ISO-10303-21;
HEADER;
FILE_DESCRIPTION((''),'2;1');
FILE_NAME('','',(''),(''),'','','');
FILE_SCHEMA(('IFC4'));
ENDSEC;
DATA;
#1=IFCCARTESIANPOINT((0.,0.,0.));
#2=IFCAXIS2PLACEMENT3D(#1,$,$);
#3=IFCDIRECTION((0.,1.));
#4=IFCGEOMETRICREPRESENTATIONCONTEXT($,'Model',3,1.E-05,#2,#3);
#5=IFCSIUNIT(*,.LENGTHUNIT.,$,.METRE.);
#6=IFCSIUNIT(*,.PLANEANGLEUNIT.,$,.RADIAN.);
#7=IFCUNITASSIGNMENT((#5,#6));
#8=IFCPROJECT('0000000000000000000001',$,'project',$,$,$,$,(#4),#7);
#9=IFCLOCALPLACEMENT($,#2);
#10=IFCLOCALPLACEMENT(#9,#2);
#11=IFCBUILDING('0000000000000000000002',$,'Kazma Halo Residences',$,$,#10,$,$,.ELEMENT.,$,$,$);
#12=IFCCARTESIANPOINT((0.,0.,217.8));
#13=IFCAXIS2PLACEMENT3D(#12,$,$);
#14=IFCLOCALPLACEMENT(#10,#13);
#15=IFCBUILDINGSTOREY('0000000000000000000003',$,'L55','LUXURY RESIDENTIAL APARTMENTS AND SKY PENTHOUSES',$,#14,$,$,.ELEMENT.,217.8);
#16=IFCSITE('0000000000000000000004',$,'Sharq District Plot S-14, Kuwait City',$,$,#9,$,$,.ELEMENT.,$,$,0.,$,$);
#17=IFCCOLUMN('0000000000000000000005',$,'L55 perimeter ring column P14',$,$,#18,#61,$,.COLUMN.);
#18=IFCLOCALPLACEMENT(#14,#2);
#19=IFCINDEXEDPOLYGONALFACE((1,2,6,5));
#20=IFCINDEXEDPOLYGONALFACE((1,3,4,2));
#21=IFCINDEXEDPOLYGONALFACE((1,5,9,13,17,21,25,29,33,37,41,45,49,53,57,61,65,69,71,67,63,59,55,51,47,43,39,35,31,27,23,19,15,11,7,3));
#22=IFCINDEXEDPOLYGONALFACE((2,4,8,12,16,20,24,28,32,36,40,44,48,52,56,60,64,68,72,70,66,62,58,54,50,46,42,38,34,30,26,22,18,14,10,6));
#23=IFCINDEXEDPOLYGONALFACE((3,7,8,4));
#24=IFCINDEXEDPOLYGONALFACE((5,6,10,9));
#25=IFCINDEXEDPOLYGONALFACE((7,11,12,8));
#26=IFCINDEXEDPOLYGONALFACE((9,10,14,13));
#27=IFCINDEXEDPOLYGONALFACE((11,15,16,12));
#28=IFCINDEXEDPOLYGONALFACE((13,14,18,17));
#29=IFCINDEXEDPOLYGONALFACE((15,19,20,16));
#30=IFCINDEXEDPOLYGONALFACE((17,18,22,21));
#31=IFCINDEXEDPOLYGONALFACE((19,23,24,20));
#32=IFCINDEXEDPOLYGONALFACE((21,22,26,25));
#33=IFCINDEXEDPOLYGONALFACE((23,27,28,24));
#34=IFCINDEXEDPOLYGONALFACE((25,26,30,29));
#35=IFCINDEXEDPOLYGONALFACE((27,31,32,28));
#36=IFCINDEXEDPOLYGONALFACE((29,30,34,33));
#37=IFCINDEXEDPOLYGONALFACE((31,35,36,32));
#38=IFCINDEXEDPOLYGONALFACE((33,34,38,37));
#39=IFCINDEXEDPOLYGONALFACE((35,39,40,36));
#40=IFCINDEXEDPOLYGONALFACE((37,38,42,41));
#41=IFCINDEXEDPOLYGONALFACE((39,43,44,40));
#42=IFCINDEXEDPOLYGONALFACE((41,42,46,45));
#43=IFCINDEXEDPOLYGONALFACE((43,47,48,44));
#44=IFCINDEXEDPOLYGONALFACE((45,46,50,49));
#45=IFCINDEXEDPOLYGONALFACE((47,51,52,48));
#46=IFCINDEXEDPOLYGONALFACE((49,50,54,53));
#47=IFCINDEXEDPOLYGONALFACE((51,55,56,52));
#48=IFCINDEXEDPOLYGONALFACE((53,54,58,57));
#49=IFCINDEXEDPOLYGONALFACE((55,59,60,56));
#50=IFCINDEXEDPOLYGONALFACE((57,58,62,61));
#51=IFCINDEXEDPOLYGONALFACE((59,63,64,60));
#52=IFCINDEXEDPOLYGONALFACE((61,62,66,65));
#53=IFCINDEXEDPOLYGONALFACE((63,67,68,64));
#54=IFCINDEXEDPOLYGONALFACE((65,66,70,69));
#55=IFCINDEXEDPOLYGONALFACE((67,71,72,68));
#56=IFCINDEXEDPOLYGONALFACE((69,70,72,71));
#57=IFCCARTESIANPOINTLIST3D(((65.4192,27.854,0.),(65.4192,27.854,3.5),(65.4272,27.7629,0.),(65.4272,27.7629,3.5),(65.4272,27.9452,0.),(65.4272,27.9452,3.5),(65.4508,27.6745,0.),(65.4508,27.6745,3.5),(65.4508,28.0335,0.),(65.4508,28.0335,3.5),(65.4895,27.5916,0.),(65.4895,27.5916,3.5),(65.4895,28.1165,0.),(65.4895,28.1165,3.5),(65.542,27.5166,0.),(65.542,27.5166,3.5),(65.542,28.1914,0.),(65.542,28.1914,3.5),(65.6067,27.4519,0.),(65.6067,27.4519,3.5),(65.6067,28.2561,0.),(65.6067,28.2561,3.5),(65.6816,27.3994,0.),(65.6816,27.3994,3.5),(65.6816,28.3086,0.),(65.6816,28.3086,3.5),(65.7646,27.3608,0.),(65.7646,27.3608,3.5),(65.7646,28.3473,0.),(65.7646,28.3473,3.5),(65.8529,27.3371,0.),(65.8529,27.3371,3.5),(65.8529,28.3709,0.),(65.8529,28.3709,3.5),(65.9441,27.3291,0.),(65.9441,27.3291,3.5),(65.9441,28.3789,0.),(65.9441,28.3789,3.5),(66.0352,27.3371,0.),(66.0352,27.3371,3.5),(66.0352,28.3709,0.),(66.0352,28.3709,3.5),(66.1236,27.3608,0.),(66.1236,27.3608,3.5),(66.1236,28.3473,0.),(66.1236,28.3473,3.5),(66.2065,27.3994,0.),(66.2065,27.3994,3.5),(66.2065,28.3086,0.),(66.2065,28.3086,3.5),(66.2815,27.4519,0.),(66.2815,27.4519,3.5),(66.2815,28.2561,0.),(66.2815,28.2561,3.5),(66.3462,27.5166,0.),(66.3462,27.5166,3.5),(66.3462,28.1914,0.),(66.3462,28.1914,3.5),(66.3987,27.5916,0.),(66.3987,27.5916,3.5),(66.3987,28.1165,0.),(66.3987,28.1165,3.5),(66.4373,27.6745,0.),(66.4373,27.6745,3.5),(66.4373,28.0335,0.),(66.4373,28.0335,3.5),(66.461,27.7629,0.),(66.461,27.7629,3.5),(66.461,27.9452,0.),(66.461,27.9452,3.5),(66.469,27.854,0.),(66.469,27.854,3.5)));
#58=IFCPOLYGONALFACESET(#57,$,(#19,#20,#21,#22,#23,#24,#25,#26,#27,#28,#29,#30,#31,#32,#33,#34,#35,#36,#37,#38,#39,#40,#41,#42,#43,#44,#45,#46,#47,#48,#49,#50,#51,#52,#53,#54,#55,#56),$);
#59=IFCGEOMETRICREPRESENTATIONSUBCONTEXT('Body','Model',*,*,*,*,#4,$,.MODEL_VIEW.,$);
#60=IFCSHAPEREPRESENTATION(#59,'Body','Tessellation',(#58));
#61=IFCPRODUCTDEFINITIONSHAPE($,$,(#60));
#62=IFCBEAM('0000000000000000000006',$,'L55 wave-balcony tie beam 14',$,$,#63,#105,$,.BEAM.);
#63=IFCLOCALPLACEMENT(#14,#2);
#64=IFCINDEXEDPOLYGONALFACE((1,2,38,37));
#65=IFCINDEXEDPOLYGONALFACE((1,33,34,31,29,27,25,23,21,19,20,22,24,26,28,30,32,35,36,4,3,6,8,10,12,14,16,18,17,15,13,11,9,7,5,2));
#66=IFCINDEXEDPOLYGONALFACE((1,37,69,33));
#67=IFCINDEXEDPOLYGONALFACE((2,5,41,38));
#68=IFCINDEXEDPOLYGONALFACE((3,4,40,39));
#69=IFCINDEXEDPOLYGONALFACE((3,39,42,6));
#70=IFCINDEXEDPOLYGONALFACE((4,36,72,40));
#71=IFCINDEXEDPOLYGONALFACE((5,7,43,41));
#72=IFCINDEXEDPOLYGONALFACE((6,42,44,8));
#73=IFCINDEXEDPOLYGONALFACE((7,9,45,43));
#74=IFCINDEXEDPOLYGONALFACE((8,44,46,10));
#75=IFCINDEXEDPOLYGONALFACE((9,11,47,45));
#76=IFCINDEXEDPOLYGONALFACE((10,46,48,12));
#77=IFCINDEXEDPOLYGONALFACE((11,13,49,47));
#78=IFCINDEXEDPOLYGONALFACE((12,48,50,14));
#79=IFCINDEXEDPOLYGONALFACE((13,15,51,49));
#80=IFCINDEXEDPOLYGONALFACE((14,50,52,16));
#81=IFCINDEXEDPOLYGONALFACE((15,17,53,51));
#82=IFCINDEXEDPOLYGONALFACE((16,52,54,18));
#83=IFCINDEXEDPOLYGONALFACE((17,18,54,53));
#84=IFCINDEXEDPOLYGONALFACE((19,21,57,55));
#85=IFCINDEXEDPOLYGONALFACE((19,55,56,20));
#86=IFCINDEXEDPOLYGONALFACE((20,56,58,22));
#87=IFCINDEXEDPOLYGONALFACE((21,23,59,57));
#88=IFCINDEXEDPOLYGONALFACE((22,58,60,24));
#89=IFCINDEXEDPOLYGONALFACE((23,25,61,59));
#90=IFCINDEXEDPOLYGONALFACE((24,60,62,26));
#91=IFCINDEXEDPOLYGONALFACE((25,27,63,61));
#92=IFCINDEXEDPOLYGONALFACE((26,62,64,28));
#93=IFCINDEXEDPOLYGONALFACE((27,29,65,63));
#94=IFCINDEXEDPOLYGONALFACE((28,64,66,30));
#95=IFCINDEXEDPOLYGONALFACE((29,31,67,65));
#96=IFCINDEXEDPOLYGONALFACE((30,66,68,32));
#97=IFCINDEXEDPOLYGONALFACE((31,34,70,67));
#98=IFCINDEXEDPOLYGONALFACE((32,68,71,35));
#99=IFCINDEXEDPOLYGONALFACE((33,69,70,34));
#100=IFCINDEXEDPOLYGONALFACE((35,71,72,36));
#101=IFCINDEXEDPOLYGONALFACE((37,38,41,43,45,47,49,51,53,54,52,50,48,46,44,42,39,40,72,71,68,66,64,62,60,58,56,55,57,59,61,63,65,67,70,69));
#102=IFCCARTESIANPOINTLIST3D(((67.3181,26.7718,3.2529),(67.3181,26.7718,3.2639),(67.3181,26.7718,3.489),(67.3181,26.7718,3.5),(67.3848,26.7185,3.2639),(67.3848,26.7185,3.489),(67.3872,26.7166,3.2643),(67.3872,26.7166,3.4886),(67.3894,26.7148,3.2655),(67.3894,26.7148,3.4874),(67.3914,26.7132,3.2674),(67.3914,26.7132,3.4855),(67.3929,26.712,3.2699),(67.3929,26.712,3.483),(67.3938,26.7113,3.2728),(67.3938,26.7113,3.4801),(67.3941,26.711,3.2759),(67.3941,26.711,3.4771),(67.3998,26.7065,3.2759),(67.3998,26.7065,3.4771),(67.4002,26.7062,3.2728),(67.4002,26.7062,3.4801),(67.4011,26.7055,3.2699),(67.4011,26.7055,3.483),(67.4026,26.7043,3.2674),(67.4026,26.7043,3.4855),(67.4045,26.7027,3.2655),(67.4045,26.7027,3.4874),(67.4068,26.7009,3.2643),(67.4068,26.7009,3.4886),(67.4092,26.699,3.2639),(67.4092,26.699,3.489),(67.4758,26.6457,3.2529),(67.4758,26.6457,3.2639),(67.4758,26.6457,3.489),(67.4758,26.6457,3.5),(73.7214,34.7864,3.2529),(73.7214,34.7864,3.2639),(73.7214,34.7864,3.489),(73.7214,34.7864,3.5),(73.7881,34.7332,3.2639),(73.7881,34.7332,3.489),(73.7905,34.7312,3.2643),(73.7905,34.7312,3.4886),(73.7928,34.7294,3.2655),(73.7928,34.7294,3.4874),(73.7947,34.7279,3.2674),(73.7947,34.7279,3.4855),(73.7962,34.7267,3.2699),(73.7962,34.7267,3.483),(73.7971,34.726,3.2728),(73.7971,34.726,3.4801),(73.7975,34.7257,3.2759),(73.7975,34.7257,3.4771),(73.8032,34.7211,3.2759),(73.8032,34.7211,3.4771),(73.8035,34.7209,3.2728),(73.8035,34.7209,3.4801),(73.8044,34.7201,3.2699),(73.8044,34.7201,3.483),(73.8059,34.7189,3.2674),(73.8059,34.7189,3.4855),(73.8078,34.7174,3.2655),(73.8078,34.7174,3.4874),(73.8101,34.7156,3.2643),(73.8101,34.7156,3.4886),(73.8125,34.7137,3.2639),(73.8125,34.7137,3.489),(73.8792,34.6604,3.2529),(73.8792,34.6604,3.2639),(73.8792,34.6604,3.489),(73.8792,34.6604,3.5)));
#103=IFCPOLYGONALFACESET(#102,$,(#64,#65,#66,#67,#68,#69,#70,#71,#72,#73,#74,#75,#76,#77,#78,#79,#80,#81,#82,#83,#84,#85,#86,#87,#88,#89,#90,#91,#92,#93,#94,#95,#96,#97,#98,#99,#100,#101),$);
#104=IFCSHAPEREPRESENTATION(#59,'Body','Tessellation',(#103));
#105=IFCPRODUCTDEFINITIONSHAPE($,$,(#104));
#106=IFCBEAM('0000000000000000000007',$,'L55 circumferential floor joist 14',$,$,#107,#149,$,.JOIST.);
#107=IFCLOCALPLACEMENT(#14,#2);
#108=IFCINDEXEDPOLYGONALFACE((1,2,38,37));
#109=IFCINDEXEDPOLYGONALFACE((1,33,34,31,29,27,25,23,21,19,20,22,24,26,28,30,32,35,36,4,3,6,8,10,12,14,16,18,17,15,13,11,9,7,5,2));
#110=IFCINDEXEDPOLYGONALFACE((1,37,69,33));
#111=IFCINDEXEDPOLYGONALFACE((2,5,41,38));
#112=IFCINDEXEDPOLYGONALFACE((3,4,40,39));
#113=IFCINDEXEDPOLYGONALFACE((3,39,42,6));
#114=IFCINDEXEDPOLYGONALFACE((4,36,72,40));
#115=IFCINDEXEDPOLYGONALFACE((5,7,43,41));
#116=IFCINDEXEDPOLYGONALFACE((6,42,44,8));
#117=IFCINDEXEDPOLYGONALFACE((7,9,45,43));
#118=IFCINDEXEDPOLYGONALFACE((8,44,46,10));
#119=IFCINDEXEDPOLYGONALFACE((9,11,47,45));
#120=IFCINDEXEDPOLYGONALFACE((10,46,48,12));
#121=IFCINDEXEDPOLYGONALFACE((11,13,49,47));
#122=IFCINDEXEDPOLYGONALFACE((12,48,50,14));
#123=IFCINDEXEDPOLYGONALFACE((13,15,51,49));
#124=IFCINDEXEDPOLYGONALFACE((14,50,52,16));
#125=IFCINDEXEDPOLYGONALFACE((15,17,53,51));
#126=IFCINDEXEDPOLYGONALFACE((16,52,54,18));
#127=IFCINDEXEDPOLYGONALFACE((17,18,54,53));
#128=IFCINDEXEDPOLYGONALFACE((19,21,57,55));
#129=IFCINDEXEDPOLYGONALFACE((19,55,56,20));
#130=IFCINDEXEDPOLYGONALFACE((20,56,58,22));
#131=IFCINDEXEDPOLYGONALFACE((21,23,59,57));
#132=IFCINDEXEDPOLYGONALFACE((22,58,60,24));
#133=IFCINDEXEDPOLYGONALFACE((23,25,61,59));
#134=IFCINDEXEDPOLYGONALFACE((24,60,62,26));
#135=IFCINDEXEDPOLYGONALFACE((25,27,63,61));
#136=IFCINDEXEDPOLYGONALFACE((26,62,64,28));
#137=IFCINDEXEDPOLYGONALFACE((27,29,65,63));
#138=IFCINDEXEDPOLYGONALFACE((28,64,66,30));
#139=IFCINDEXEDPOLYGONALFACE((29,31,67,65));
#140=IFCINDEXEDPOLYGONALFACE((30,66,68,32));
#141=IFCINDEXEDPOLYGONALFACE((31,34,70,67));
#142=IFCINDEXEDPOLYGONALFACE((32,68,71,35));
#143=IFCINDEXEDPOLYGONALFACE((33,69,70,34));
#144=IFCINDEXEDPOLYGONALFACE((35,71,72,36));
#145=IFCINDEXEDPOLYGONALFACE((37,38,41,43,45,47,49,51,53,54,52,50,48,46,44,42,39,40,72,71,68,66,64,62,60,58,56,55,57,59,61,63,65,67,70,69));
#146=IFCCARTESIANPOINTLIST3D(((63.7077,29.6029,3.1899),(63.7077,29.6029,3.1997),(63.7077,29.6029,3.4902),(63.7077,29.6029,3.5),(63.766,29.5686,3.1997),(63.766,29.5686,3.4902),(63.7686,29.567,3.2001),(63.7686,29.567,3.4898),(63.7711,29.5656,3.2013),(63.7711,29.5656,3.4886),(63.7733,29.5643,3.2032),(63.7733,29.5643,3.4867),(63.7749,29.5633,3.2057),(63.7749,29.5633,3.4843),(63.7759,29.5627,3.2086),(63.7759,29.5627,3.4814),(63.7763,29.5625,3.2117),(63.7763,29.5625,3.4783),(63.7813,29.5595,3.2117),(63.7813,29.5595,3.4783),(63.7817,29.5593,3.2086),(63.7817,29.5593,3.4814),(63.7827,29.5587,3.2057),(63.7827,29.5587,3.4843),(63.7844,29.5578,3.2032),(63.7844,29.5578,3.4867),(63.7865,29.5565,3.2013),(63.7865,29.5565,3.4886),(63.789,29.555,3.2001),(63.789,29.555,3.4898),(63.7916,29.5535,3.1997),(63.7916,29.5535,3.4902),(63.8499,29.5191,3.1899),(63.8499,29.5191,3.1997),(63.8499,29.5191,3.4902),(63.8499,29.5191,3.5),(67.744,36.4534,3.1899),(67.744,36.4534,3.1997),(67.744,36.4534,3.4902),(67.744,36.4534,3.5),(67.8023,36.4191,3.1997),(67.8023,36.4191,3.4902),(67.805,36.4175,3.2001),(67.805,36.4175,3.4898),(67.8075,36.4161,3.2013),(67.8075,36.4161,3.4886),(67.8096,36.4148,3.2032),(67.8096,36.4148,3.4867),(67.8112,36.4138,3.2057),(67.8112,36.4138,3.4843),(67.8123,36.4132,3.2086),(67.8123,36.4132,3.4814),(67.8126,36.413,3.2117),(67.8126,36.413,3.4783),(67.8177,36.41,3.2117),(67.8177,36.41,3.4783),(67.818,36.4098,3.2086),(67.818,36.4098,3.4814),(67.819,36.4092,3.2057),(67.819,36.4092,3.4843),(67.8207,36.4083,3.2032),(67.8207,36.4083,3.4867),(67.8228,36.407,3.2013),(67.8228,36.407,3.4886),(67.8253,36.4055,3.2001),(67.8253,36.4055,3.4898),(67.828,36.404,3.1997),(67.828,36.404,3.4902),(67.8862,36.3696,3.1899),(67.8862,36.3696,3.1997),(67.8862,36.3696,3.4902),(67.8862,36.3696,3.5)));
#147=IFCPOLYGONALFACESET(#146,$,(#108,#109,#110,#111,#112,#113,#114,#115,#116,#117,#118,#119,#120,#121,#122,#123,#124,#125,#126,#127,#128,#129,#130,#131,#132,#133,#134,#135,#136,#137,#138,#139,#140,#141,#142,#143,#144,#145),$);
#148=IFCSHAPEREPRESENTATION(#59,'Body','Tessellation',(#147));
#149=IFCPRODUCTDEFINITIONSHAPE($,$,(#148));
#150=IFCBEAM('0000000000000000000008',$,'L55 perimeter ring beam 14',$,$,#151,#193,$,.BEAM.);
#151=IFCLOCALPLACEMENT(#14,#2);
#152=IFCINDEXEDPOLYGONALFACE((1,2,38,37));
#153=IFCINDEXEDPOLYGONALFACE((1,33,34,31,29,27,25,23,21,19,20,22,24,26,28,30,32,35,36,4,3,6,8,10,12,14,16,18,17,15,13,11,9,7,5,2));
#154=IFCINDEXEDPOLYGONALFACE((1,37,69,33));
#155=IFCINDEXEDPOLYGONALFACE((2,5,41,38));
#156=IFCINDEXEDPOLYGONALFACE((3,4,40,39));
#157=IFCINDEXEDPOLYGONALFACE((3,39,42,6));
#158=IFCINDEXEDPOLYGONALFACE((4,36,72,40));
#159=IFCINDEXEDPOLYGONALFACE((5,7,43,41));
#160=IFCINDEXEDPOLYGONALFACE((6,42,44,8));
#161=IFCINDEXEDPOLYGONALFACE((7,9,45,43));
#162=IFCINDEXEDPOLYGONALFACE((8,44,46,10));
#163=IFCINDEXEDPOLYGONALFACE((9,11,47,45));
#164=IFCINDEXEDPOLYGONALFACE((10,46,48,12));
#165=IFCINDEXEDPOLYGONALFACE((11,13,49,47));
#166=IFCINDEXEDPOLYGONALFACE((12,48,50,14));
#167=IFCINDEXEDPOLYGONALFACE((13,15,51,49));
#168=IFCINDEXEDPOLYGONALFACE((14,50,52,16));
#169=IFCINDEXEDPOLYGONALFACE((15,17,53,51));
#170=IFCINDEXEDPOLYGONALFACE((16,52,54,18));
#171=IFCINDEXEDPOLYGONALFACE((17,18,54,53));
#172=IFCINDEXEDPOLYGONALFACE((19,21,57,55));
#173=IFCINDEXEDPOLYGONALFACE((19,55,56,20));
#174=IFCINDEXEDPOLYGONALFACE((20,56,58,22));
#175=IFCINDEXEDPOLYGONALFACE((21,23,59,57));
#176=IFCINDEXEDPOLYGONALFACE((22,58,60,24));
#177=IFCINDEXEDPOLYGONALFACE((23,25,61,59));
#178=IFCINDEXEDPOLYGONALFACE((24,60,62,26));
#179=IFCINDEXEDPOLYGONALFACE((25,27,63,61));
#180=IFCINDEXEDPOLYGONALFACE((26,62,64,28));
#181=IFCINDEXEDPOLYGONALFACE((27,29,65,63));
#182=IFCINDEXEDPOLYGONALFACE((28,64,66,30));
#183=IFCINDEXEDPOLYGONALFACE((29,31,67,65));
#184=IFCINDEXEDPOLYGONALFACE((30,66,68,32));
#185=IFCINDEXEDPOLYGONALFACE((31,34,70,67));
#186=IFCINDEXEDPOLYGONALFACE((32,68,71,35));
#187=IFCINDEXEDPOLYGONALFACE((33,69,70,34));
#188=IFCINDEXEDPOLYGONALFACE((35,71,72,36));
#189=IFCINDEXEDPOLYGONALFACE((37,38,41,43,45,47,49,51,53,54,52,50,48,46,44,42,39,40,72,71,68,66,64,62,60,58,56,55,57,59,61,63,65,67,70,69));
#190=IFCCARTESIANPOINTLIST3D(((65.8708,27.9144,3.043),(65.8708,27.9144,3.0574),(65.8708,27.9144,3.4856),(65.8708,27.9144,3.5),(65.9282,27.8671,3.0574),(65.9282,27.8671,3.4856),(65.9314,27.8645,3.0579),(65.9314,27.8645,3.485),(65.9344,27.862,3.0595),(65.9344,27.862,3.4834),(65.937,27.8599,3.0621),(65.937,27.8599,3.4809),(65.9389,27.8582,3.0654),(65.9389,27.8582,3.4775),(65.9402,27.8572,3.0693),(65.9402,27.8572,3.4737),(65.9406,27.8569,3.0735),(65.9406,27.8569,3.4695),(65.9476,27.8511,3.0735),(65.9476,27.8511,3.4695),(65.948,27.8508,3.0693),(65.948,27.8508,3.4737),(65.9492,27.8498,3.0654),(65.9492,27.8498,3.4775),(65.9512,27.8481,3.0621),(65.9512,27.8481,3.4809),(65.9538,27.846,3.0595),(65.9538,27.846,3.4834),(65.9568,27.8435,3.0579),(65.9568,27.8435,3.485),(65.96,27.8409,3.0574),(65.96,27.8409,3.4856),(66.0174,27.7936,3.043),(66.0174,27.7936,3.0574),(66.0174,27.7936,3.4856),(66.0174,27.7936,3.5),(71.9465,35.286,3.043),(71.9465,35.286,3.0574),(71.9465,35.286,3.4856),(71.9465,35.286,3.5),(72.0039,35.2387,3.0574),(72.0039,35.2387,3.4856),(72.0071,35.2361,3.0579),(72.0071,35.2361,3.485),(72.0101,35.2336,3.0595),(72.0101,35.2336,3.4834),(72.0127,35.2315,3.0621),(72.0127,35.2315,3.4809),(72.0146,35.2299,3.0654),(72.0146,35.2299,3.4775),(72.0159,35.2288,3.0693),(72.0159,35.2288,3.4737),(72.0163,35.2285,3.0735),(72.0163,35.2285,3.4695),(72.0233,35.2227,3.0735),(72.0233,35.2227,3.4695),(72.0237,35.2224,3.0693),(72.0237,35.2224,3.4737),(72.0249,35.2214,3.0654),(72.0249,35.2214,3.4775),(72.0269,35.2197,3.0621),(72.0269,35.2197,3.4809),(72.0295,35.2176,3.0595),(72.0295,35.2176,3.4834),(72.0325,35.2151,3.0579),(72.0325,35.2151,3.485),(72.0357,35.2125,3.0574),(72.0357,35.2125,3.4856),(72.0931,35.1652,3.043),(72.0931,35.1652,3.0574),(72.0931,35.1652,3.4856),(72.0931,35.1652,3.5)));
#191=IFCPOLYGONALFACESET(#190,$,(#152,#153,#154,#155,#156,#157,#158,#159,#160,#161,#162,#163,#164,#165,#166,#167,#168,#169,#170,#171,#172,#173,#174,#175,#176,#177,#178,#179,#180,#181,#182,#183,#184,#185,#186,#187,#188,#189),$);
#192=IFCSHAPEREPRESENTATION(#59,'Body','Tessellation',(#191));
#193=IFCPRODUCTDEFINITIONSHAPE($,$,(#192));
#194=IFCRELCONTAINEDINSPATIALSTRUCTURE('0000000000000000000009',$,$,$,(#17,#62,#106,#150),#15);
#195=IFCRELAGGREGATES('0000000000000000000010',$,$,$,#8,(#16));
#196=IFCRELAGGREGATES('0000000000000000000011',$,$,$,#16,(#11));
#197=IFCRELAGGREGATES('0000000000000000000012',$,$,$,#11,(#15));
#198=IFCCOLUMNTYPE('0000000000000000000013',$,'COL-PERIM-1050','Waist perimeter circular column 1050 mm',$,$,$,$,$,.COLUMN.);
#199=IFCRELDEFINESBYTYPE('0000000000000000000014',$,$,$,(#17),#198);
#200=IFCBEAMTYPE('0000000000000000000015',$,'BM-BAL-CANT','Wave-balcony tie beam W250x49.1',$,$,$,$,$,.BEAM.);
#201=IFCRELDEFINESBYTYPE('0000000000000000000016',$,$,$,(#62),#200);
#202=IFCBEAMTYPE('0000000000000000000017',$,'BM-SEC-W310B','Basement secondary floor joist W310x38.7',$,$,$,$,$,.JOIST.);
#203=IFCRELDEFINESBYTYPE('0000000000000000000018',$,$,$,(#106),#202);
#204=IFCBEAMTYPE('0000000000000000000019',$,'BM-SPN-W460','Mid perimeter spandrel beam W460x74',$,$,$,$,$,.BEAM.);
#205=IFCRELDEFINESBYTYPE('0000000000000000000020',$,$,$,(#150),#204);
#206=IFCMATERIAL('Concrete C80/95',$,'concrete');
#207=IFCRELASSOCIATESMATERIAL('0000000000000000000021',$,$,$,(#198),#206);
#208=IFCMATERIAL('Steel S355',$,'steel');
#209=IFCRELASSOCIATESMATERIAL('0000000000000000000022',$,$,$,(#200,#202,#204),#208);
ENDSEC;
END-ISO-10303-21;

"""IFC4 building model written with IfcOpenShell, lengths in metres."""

from ifc_helpers import new_model, si_unit, direction, frame, origin, origin_2d, place, context, subcontext, project, spatial, circle, i_section, extrude, material, material_profile, profile_set, type_object, element, save


model = new_model("IFC4")

# Units and contexts
model_context = context("Model", 3, precision=1e-05, world=origin(), true_north=direction((0.0, 1.0)))
body_context = subcontext(model_context, "Body", "Model", "MODEL_VIEW")
ifc_project = project(units=[si_unit("LENGTHUNIT", "METRE"), si_unit("PLANEANGLEUNIT", "RADIAN")], contexts=[model_context])

# Site, building, storey
site_placement = place(None, origin())
site = spatial("IfcSite", under=ifc_project, at=site_placement, Name="Sharq District Plot S-14, Kuwait City", CompositionType="ELEMENT", RefElevation=0.0)
building_placement = place(site_placement, origin())
building = spatial("IfcBuilding", under=site, at=building_placement, Name="Kazma Halo Residences", CompositionType="ELEMENT")
storey_placement = place(building_placement, frame((0.0, 0.0, 217.8)))
storey = spatial("IfcBuildingStorey", under=building, at=storey_placement, Name="L55", Description="LUXURY RESIDENTIAL APARTMENTS AND SKY PENTHOUSES", CompositionType="ELEMENT", Elevation=217.8)

# Column
ifc_material_1 = material(Name="Concrete C80/95", Category="concrete")
ifc_material_profile_1 = material_profile(ifc_material_1, circle(Radius=0.5249, at=origin_2d()), Name="CIRC1050")
ifc_profile_set_1 = profile_set([ifc_material_profile_1], Name="Concrete C80/95")
column_type = type_object("IfcColumnType", Name="COL-PERIM-1050", Description="Waist perimeter circular column 1050 mm", PredefinedType="COLUMN", material=ifc_profile_set_1)
column_placement = place(storey_placement, frame((65.9441, 27.854, 0.0), z_axis=(0.0, 0.0, 1.0), x_axis=(1.0, 0.0, 0.0)))
element("IfcColumn", 1, at=column_placement, inside=storey, type_object=column_type, Name="L55 perimeter ring column P14", PredefinedType="COLUMN", context=body_context, shape_type="SweptSolid", body=[
    extrude(circle(Radius=0.5249, at=origin_2d()), origin(), (0.0, 0.0, 1.0), 3.5),
])

# Beams
ifc_material_2 = material(Name="Steel S355", Category="steel")
ifc_material_profile_2 = material_profile(ifc_material_2, i_section(OverallWidth=0.2019, OverallDepth=0.2471, WebThickness=0.0073, FlangeThickness=0.011, FilletRadius=0.012, at=origin_2d()), Name="W250x49.1")
ifc_profile_set_2 = profile_set([ifc_material_profile_2], Name="Steel S355")
beam_type_1 = type_object("IfcBeamType", Name="BM-BAL-CANT", Description="Wave-balcony tie beam W250x49.1", PredefinedType="BEAM", material=ifc_profile_set_2)
beam_1_placement = place(storey_placement, frame((67.397, 26.7087, 3.3765), z_axis=(0.624196, 0.781268, 0.0), x_axis=(-0.781268, 0.624196, 0.0)))
element("IfcBeam", 2, at=beam_1_placement, inside=storey, type_object=beam_type_1, Name="L55 wave-balcony tie beam 14", PredefinedType="BEAM", context=body_context, shape_type="SweptSolid", body=[
    extrude(i_section(OverallWidth=0.2019, OverallDepth=0.2471, WebThickness=0.0073, FlangeThickness=0.011, FilletRadius=0.012, at=origin_2d()), origin(), (0.0, 0.0, 1.0), 10.2585),
])
ifc_material_profile_3 = material_profile(ifc_material_2, i_section(OverallWidth=0.165, OverallDepth=0.3101, WebThickness=0.0059, FlangeThickness=0.0098, FilletRadius=0.012, at=origin_2d()), Name="W310x38.7")
ifc_profile_set_3 = profile_set([ifc_material_profile_3], Name="Steel S355")
beam_type_2 = type_object("IfcBeamType", Name="BM-SEC-W310B", Description="Basement secondary floor joist W310x38.7", PredefinedType="JOIST", material=ifc_profile_set_3)
beam_2_placement = place(storey_placement, frame((63.7788, 29.561, 3.345), z_axis=(0.507639, 0.86157, 0.0), x_axis=(-0.86157, 0.507639, 0.0)))
element("IfcBeam", 3, at=beam_2_placement, inside=storey, type_object=beam_type_2, Name="L55 circumferential floor joist 14", PredefinedType="JOIST", context=body_context, shape_type="SweptSolid", body=[
    extrude(i_section(OverallWidth=0.165, OverallDepth=0.3101, WebThickness=0.0059, FlangeThickness=0.0098, FilletRadius=0.012, at=origin_2d()), origin(), (0.0, 0.0, 1.0), 7.9512),
])
ifc_material_profile_4 = material_profile(ifc_material_2, i_section(OverallWidth=0.1899, OverallDepth=0.457, WebThickness=0.009, FlangeThickness=0.0144, FilletRadius=0.0161, at=origin_2d()), Name="W460x74")
ifc_profile_set_4 = profile_set([ifc_material_profile_4], Name="Steel S355")
beam_type_3 = type_object("IfcBeamType", Name="BM-SPN-W460", Description="Mid perimeter spandrel beam W460x74", PredefinedType="BEAM", material=ifc_profile_set_4)
beam_3_placement = place(storey_placement, frame((65.9441, 27.854, 3.2715), z_axis=(0.636017, 0.771675, 0.0), x_axis=(-0.771675, 0.636017, 0.0)))
element("IfcBeam", 4, at=beam_3_placement, inside=storey, type_object=beam_type_3, Name="L55 perimeter ring beam 14", PredefinedType="BEAM", context=body_context, shape_type="SweptSolid", body=[
    extrude(i_section(OverallWidth=0.1899, OverallDepth=0.457, WebThickness=0.009, FlangeThickness=0.0144, FilletRadius=0.0161, at=origin_2d()), origin(), (0.0, 0.0, 1.0), 9.5527),
])

save(model, "model.ifc")
